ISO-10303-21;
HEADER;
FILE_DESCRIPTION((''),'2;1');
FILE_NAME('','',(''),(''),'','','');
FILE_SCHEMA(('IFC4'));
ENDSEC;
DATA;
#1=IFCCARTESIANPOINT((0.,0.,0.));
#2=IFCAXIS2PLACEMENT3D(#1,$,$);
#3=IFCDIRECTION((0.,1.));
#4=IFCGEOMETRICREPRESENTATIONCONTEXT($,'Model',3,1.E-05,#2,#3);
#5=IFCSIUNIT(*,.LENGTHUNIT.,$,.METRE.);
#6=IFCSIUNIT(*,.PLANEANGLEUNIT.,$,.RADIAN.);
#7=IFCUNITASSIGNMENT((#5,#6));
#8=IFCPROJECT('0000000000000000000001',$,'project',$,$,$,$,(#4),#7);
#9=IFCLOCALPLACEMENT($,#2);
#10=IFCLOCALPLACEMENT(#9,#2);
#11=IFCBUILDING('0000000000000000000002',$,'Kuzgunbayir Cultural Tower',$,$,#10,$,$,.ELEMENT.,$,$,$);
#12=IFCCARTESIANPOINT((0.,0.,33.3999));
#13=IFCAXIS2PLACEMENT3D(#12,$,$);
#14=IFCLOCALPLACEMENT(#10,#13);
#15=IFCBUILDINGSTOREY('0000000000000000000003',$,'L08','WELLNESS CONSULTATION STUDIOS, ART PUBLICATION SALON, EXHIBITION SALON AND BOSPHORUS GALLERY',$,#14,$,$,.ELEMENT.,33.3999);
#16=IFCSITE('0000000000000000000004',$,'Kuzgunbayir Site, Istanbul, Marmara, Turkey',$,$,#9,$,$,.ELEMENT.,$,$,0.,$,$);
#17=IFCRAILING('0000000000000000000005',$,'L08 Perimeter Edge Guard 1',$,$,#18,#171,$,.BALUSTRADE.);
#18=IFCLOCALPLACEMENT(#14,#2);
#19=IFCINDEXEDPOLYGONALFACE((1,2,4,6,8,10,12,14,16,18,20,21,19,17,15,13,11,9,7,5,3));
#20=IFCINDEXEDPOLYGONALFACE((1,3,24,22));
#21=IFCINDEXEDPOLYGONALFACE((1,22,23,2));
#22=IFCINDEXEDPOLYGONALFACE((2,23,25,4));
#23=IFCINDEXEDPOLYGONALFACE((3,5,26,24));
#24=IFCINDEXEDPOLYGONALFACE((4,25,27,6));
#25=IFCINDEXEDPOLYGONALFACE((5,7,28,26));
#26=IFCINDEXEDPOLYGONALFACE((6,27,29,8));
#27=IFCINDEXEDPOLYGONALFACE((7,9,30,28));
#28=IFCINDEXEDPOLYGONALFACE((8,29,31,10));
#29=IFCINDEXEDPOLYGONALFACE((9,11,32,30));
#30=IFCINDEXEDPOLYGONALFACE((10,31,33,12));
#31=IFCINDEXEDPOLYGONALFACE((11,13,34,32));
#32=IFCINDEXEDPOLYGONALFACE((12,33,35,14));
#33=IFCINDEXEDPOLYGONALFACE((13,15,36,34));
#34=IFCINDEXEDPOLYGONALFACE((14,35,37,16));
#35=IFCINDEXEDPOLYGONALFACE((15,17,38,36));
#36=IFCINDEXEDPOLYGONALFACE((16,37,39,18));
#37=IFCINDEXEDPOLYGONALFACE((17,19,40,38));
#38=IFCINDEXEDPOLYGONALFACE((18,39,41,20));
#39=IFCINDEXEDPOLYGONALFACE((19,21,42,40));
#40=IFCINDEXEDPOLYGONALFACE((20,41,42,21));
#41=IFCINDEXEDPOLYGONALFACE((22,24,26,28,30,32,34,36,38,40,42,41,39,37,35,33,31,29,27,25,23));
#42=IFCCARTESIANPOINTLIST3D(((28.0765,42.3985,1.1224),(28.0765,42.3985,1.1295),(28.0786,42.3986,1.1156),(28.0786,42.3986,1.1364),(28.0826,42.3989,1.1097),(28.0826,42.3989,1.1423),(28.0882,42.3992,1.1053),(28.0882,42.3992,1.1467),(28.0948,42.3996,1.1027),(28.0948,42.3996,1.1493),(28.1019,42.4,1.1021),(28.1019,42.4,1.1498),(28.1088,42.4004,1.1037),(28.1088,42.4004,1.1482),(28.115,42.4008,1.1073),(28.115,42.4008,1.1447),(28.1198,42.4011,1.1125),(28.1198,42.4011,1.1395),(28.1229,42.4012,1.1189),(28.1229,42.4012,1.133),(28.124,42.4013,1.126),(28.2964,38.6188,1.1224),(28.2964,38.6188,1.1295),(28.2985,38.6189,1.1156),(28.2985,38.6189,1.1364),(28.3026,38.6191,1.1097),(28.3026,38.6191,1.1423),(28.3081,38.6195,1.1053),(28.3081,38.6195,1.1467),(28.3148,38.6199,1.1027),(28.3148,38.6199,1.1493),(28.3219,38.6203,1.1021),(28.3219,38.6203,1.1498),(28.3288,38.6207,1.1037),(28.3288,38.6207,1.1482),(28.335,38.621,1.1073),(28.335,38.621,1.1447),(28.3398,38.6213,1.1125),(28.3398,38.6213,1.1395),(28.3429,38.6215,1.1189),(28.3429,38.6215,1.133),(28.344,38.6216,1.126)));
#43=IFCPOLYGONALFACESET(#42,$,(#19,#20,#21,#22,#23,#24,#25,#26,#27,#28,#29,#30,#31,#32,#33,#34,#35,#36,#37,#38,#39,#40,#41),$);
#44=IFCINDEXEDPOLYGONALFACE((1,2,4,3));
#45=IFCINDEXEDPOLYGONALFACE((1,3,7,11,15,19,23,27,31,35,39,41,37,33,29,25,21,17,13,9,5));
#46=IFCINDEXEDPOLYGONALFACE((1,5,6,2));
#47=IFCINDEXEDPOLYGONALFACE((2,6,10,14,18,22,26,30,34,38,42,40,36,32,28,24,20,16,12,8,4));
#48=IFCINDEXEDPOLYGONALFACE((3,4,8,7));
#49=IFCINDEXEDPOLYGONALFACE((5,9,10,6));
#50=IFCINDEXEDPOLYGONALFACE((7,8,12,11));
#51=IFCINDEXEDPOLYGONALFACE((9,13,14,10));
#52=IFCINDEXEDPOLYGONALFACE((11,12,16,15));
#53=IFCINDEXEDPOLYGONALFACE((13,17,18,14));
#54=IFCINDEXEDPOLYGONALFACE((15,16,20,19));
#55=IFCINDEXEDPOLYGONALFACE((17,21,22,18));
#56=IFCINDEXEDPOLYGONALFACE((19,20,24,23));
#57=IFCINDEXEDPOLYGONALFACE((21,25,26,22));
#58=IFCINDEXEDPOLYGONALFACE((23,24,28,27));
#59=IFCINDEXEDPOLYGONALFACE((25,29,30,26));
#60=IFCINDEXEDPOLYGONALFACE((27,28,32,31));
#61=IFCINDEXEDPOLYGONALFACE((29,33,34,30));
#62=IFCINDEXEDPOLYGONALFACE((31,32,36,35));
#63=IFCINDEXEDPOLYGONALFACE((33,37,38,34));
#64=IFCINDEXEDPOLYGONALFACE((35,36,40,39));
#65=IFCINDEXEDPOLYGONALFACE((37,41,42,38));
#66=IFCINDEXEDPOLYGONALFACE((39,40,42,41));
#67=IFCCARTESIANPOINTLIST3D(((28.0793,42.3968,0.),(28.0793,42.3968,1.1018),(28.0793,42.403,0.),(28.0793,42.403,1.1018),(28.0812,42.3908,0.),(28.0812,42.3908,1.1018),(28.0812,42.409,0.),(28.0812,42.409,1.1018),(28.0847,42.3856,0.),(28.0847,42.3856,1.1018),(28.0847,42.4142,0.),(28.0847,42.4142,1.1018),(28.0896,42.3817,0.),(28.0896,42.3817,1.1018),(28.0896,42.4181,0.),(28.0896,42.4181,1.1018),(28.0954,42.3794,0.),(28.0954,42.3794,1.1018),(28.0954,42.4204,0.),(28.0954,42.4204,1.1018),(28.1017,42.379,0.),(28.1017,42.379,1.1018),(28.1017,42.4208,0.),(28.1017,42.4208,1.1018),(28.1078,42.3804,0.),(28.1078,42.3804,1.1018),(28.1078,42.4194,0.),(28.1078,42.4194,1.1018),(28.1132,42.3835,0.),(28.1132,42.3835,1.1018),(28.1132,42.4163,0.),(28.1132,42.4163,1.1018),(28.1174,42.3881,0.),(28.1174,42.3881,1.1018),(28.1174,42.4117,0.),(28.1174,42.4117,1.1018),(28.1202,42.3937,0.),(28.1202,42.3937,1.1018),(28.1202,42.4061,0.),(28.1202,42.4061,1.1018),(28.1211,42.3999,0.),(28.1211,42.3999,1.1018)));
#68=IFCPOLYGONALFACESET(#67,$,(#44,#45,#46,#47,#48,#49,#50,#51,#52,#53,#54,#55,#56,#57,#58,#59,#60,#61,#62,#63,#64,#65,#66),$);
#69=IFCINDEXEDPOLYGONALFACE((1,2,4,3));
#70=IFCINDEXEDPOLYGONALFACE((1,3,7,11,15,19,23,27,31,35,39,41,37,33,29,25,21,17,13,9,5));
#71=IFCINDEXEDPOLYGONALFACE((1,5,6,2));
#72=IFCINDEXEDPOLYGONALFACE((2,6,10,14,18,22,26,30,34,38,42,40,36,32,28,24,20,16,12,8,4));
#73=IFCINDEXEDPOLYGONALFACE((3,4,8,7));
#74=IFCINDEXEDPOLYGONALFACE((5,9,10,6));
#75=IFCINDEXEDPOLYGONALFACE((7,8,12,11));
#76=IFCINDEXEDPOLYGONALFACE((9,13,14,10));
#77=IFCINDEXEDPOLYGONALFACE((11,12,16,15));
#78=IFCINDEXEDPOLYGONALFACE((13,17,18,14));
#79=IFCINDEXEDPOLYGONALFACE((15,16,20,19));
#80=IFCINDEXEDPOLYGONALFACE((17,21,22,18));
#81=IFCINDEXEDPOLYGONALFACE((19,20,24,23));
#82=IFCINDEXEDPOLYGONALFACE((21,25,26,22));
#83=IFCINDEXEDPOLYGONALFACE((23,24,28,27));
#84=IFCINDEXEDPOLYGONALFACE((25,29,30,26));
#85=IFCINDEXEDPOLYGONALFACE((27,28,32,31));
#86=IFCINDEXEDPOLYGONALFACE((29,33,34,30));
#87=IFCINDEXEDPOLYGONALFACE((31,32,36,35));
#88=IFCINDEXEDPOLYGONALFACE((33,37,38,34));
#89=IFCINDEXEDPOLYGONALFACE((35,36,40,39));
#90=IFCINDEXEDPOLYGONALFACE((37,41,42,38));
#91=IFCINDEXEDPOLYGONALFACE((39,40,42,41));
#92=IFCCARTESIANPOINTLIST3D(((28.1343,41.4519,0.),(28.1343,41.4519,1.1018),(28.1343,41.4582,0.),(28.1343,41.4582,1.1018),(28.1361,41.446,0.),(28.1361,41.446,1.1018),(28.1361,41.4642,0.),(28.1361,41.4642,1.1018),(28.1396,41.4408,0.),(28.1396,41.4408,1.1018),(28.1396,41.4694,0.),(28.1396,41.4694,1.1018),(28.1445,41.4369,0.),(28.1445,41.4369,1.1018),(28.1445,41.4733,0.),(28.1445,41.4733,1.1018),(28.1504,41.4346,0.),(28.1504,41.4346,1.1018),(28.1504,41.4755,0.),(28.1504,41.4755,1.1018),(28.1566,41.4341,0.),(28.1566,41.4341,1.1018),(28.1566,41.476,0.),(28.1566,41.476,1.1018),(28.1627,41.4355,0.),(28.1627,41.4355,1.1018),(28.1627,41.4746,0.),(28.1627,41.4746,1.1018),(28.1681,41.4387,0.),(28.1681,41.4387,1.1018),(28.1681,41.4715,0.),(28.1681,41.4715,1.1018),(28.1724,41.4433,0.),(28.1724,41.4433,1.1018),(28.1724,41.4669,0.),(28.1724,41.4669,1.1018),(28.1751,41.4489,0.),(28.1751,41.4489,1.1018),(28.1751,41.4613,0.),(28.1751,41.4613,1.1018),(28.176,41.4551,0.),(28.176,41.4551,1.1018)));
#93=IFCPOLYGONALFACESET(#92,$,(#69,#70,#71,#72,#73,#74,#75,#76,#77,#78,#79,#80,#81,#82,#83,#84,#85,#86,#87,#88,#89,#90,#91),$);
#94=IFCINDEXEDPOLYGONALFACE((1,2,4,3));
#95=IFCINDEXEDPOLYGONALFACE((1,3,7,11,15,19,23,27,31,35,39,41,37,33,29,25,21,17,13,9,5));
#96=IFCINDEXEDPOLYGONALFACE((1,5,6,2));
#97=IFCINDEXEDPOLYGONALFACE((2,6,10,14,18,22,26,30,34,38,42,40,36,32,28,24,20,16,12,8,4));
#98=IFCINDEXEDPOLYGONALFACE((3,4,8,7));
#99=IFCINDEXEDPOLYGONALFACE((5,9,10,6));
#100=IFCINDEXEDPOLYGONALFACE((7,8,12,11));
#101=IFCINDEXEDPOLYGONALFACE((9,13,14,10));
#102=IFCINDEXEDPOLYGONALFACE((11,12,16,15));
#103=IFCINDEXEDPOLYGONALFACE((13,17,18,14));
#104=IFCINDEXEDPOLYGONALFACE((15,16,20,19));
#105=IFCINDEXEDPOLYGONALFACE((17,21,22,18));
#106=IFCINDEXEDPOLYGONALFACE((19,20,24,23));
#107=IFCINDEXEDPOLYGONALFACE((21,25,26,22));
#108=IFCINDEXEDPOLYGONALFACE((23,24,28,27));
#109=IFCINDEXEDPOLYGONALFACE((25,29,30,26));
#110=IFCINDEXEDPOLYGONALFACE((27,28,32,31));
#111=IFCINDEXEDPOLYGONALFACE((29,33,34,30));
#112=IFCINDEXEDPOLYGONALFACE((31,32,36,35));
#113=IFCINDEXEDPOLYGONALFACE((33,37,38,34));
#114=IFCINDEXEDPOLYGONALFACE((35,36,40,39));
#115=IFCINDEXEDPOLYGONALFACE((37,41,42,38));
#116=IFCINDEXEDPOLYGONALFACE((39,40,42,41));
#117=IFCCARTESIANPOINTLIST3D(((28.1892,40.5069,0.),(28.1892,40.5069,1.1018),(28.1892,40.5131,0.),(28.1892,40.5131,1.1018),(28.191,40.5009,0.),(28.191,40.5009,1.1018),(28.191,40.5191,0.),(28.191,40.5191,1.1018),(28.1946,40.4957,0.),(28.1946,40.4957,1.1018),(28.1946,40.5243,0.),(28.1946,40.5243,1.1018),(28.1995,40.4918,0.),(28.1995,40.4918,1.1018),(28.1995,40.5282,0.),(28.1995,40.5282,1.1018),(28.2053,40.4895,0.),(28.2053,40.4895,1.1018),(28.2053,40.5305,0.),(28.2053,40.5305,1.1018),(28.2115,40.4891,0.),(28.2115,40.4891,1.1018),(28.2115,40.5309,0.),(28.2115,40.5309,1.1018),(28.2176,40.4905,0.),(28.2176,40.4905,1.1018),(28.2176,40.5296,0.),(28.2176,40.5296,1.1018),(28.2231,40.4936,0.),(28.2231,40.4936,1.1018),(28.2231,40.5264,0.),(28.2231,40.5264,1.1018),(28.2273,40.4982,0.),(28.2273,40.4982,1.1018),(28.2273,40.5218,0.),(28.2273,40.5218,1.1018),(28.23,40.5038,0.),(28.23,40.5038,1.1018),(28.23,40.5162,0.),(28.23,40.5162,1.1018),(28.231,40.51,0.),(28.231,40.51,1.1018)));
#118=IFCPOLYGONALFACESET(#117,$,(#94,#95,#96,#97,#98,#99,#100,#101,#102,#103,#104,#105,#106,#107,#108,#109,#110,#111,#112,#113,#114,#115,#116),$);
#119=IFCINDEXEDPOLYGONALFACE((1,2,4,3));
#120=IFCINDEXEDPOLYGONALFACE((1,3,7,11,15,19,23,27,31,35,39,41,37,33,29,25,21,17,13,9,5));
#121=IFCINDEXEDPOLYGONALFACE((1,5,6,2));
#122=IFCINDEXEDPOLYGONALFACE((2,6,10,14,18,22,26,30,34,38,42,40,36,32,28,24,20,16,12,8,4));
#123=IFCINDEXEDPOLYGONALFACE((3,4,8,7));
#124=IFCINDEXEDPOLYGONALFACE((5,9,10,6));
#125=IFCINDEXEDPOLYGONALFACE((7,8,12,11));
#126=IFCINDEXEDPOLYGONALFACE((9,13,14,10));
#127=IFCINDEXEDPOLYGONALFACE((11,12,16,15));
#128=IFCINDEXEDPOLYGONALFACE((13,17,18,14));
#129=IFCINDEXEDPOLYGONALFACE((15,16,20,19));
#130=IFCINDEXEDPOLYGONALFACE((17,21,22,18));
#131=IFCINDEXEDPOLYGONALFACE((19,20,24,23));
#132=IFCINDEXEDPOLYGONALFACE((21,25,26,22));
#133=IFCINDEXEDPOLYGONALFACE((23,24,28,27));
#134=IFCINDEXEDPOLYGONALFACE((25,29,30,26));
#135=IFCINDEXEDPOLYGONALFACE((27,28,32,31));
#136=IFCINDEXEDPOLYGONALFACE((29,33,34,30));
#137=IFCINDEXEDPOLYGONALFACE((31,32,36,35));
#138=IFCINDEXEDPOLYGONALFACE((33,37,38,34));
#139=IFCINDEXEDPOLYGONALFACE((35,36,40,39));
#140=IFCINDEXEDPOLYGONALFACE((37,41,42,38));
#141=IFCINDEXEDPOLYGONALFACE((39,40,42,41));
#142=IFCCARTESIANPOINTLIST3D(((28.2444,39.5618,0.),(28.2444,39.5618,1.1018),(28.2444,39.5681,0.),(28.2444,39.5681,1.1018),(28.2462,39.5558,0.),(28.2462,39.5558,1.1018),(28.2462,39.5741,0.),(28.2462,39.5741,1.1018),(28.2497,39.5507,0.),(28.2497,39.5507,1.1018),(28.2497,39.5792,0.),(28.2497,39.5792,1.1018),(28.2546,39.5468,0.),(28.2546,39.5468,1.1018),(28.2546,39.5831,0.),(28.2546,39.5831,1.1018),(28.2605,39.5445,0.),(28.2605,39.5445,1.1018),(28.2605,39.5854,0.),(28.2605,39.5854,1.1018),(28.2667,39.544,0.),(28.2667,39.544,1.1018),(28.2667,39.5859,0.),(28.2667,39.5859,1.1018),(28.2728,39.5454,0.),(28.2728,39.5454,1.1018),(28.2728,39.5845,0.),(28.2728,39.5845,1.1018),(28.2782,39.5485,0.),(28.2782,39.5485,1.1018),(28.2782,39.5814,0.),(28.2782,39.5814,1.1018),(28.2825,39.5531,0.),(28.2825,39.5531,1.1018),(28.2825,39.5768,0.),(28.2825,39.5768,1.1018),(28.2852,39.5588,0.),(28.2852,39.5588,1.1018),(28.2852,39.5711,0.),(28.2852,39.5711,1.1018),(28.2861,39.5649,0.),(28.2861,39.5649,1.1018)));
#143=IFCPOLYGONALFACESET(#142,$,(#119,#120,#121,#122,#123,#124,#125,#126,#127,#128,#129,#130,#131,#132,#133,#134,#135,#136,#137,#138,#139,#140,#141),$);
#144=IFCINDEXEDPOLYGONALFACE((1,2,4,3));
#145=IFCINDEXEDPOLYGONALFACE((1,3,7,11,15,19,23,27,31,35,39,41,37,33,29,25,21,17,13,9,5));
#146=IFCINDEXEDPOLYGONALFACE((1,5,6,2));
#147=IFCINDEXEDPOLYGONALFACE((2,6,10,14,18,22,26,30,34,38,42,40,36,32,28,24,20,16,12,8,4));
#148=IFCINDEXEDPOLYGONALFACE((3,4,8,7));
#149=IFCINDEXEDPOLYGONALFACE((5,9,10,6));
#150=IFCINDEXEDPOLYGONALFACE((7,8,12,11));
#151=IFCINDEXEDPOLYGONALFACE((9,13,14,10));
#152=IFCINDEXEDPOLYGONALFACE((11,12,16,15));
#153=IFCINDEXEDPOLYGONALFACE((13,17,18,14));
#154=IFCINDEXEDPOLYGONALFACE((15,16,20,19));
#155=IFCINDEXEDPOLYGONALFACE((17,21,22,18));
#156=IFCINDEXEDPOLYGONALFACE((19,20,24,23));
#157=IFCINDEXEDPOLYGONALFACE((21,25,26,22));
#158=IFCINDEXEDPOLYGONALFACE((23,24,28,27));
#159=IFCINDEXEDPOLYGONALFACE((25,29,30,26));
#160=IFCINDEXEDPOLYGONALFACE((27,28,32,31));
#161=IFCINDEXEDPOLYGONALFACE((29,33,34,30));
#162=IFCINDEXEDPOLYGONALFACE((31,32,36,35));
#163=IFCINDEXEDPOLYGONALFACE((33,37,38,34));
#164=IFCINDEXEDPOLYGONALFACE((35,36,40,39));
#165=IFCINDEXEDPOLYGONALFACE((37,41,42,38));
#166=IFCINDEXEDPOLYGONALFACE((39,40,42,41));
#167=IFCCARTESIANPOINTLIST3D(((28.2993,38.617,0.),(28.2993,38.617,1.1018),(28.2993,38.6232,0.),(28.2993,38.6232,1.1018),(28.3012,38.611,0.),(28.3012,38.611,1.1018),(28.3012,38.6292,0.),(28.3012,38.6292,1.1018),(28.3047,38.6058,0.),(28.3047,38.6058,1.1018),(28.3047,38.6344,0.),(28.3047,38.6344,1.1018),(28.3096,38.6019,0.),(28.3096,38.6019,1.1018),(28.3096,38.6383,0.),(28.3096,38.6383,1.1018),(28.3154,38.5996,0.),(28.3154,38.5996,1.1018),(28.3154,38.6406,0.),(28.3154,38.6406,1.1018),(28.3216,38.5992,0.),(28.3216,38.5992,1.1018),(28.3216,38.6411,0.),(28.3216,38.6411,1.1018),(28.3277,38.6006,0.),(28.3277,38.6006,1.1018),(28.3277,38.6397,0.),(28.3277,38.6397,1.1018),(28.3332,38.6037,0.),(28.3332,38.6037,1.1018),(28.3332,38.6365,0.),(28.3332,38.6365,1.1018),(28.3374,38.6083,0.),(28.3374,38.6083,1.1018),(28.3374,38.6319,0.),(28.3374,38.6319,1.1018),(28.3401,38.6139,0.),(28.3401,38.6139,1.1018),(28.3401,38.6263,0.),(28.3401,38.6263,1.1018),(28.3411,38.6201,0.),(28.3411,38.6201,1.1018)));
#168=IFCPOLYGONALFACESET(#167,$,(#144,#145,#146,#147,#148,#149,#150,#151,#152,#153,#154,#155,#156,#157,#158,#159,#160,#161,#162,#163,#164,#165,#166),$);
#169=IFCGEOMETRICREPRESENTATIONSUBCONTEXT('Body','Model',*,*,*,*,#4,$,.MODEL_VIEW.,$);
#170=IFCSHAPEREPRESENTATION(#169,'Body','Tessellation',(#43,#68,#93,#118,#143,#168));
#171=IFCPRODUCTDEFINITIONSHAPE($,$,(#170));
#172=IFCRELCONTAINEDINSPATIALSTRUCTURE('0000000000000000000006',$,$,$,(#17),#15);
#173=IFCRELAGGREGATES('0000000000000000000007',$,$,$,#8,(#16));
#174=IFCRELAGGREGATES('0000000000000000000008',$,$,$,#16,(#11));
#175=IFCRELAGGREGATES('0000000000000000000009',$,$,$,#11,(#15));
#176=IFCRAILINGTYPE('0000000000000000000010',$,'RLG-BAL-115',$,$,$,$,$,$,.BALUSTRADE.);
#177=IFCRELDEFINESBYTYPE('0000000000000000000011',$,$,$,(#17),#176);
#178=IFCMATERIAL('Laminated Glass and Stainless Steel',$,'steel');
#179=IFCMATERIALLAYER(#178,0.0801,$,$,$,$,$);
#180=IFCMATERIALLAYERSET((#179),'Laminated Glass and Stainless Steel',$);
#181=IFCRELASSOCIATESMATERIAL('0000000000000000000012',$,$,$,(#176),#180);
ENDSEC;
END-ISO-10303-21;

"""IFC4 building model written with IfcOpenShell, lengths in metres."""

from ifc_helpers import new_model, si_unit, direction, frame, origin, origin_2d, place, context, subcontext, project, spatial, circle, extrude, material, layer, layer_set, type_object, element, save


model = new_model("IFC4")

# Units and contexts
model_context = context("Model", 3, precision=1e-05, world=origin(), true_north=direction((0.0, 1.0)))
body_context = subcontext(model_context, "Body", "Model", "MODEL_VIEW")
ifc_project = project(units=[si_unit("LENGTHUNIT", "METRE"), si_unit("PLANEANGLEUNIT", "RADIAN")], contexts=[model_context])

# Site, building, storey
site_placement = place(None, origin())
site = spatial("IfcSite", under=ifc_project, at=site_placement, Name="Kuzgunbayir Site, Istanbul, Marmara, Turkey", CompositionType="ELEMENT", RefElevation=0.0)
building_placement = place(site_placement, origin())
building = spatial("IfcBuilding", under=site, at=building_placement, Name="Kuzgunbayir Cultural Tower", CompositionType="ELEMENT")
storey_placement = place(building_placement, frame((0.0, 0.0, 33.3999)))
storey = spatial("IfcBuildingStorey", under=building, at=storey_placement, Name="L08", Description="WELLNESS CONSULTATION STUDIOS, ART PUBLICATION SALON, EXHIBITION SALON AND BOSPHORUS GALLERY", CompositionType="ELEMENT", Elevation=33.3999)

# Railing
ifc_material_1 = material(Name="Laminated Glass and Stainless Steel", Category="steel")
ifc_layer_1 = layer(ifc_material_1, 0.0801)
ifc_layer_set_1 = layer_set([ifc_layer_1], Name="Laminated Glass and Stainless Steel")
railing_type = type_object("IfcRailingType", Name="RLG-BAL-115", PredefinedType="BALUSTRADE", material=ifc_layer_set_1)
railing_1_placement = place(storey_placement, frame((28.1001, 42.3999, 0.0)))
element("IfcRailing", 1, at=railing_1_placement, inside=storey, type_object=railing_type, Name="L08 Perimeter Edge Guard 1", PredefinedType="BALUSTRADE", context=body_context, shape_type="SweptSolid", body=[
    extrude(circle(Radius=0.0239, at=origin_2d()), frame((0.0, 0.0, 1.126), z_axis=(0.058098, -0.998311, 0.0), x_axis=(0.998311, 0.058098, 0.0)), (0.0, 0.0, 1.0), 3.7861),
    extrude(circle(Radius=0.021, at=origin_2d()), origin(), (0.0, 0.0, 1.0), 1.1018),
    extrude(circle(Radius=0.021, at=origin_2d()), frame((0.0549, -0.9448, 0.0)), (0.0, 0.0, 1.0), 1.1018),
    extrude(circle(Radius=0.021, at=origin_2d()), frame((0.1099, -1.8899, 0.0)), (0.0, 0.0, 1.0), 1.1018),
    extrude(circle(Radius=0.021, at=origin_2d()), frame((0.165, -2.835, 0.0)), (0.0, 0.0, 1.0), 1.1018),
    extrude(circle(Radius=0.021, at=origin_2d()), frame((0.22, -3.7798, 0.0)), (0.0, 0.0, 1.0), 1.1018),
])

save(model, "model.ifc")
